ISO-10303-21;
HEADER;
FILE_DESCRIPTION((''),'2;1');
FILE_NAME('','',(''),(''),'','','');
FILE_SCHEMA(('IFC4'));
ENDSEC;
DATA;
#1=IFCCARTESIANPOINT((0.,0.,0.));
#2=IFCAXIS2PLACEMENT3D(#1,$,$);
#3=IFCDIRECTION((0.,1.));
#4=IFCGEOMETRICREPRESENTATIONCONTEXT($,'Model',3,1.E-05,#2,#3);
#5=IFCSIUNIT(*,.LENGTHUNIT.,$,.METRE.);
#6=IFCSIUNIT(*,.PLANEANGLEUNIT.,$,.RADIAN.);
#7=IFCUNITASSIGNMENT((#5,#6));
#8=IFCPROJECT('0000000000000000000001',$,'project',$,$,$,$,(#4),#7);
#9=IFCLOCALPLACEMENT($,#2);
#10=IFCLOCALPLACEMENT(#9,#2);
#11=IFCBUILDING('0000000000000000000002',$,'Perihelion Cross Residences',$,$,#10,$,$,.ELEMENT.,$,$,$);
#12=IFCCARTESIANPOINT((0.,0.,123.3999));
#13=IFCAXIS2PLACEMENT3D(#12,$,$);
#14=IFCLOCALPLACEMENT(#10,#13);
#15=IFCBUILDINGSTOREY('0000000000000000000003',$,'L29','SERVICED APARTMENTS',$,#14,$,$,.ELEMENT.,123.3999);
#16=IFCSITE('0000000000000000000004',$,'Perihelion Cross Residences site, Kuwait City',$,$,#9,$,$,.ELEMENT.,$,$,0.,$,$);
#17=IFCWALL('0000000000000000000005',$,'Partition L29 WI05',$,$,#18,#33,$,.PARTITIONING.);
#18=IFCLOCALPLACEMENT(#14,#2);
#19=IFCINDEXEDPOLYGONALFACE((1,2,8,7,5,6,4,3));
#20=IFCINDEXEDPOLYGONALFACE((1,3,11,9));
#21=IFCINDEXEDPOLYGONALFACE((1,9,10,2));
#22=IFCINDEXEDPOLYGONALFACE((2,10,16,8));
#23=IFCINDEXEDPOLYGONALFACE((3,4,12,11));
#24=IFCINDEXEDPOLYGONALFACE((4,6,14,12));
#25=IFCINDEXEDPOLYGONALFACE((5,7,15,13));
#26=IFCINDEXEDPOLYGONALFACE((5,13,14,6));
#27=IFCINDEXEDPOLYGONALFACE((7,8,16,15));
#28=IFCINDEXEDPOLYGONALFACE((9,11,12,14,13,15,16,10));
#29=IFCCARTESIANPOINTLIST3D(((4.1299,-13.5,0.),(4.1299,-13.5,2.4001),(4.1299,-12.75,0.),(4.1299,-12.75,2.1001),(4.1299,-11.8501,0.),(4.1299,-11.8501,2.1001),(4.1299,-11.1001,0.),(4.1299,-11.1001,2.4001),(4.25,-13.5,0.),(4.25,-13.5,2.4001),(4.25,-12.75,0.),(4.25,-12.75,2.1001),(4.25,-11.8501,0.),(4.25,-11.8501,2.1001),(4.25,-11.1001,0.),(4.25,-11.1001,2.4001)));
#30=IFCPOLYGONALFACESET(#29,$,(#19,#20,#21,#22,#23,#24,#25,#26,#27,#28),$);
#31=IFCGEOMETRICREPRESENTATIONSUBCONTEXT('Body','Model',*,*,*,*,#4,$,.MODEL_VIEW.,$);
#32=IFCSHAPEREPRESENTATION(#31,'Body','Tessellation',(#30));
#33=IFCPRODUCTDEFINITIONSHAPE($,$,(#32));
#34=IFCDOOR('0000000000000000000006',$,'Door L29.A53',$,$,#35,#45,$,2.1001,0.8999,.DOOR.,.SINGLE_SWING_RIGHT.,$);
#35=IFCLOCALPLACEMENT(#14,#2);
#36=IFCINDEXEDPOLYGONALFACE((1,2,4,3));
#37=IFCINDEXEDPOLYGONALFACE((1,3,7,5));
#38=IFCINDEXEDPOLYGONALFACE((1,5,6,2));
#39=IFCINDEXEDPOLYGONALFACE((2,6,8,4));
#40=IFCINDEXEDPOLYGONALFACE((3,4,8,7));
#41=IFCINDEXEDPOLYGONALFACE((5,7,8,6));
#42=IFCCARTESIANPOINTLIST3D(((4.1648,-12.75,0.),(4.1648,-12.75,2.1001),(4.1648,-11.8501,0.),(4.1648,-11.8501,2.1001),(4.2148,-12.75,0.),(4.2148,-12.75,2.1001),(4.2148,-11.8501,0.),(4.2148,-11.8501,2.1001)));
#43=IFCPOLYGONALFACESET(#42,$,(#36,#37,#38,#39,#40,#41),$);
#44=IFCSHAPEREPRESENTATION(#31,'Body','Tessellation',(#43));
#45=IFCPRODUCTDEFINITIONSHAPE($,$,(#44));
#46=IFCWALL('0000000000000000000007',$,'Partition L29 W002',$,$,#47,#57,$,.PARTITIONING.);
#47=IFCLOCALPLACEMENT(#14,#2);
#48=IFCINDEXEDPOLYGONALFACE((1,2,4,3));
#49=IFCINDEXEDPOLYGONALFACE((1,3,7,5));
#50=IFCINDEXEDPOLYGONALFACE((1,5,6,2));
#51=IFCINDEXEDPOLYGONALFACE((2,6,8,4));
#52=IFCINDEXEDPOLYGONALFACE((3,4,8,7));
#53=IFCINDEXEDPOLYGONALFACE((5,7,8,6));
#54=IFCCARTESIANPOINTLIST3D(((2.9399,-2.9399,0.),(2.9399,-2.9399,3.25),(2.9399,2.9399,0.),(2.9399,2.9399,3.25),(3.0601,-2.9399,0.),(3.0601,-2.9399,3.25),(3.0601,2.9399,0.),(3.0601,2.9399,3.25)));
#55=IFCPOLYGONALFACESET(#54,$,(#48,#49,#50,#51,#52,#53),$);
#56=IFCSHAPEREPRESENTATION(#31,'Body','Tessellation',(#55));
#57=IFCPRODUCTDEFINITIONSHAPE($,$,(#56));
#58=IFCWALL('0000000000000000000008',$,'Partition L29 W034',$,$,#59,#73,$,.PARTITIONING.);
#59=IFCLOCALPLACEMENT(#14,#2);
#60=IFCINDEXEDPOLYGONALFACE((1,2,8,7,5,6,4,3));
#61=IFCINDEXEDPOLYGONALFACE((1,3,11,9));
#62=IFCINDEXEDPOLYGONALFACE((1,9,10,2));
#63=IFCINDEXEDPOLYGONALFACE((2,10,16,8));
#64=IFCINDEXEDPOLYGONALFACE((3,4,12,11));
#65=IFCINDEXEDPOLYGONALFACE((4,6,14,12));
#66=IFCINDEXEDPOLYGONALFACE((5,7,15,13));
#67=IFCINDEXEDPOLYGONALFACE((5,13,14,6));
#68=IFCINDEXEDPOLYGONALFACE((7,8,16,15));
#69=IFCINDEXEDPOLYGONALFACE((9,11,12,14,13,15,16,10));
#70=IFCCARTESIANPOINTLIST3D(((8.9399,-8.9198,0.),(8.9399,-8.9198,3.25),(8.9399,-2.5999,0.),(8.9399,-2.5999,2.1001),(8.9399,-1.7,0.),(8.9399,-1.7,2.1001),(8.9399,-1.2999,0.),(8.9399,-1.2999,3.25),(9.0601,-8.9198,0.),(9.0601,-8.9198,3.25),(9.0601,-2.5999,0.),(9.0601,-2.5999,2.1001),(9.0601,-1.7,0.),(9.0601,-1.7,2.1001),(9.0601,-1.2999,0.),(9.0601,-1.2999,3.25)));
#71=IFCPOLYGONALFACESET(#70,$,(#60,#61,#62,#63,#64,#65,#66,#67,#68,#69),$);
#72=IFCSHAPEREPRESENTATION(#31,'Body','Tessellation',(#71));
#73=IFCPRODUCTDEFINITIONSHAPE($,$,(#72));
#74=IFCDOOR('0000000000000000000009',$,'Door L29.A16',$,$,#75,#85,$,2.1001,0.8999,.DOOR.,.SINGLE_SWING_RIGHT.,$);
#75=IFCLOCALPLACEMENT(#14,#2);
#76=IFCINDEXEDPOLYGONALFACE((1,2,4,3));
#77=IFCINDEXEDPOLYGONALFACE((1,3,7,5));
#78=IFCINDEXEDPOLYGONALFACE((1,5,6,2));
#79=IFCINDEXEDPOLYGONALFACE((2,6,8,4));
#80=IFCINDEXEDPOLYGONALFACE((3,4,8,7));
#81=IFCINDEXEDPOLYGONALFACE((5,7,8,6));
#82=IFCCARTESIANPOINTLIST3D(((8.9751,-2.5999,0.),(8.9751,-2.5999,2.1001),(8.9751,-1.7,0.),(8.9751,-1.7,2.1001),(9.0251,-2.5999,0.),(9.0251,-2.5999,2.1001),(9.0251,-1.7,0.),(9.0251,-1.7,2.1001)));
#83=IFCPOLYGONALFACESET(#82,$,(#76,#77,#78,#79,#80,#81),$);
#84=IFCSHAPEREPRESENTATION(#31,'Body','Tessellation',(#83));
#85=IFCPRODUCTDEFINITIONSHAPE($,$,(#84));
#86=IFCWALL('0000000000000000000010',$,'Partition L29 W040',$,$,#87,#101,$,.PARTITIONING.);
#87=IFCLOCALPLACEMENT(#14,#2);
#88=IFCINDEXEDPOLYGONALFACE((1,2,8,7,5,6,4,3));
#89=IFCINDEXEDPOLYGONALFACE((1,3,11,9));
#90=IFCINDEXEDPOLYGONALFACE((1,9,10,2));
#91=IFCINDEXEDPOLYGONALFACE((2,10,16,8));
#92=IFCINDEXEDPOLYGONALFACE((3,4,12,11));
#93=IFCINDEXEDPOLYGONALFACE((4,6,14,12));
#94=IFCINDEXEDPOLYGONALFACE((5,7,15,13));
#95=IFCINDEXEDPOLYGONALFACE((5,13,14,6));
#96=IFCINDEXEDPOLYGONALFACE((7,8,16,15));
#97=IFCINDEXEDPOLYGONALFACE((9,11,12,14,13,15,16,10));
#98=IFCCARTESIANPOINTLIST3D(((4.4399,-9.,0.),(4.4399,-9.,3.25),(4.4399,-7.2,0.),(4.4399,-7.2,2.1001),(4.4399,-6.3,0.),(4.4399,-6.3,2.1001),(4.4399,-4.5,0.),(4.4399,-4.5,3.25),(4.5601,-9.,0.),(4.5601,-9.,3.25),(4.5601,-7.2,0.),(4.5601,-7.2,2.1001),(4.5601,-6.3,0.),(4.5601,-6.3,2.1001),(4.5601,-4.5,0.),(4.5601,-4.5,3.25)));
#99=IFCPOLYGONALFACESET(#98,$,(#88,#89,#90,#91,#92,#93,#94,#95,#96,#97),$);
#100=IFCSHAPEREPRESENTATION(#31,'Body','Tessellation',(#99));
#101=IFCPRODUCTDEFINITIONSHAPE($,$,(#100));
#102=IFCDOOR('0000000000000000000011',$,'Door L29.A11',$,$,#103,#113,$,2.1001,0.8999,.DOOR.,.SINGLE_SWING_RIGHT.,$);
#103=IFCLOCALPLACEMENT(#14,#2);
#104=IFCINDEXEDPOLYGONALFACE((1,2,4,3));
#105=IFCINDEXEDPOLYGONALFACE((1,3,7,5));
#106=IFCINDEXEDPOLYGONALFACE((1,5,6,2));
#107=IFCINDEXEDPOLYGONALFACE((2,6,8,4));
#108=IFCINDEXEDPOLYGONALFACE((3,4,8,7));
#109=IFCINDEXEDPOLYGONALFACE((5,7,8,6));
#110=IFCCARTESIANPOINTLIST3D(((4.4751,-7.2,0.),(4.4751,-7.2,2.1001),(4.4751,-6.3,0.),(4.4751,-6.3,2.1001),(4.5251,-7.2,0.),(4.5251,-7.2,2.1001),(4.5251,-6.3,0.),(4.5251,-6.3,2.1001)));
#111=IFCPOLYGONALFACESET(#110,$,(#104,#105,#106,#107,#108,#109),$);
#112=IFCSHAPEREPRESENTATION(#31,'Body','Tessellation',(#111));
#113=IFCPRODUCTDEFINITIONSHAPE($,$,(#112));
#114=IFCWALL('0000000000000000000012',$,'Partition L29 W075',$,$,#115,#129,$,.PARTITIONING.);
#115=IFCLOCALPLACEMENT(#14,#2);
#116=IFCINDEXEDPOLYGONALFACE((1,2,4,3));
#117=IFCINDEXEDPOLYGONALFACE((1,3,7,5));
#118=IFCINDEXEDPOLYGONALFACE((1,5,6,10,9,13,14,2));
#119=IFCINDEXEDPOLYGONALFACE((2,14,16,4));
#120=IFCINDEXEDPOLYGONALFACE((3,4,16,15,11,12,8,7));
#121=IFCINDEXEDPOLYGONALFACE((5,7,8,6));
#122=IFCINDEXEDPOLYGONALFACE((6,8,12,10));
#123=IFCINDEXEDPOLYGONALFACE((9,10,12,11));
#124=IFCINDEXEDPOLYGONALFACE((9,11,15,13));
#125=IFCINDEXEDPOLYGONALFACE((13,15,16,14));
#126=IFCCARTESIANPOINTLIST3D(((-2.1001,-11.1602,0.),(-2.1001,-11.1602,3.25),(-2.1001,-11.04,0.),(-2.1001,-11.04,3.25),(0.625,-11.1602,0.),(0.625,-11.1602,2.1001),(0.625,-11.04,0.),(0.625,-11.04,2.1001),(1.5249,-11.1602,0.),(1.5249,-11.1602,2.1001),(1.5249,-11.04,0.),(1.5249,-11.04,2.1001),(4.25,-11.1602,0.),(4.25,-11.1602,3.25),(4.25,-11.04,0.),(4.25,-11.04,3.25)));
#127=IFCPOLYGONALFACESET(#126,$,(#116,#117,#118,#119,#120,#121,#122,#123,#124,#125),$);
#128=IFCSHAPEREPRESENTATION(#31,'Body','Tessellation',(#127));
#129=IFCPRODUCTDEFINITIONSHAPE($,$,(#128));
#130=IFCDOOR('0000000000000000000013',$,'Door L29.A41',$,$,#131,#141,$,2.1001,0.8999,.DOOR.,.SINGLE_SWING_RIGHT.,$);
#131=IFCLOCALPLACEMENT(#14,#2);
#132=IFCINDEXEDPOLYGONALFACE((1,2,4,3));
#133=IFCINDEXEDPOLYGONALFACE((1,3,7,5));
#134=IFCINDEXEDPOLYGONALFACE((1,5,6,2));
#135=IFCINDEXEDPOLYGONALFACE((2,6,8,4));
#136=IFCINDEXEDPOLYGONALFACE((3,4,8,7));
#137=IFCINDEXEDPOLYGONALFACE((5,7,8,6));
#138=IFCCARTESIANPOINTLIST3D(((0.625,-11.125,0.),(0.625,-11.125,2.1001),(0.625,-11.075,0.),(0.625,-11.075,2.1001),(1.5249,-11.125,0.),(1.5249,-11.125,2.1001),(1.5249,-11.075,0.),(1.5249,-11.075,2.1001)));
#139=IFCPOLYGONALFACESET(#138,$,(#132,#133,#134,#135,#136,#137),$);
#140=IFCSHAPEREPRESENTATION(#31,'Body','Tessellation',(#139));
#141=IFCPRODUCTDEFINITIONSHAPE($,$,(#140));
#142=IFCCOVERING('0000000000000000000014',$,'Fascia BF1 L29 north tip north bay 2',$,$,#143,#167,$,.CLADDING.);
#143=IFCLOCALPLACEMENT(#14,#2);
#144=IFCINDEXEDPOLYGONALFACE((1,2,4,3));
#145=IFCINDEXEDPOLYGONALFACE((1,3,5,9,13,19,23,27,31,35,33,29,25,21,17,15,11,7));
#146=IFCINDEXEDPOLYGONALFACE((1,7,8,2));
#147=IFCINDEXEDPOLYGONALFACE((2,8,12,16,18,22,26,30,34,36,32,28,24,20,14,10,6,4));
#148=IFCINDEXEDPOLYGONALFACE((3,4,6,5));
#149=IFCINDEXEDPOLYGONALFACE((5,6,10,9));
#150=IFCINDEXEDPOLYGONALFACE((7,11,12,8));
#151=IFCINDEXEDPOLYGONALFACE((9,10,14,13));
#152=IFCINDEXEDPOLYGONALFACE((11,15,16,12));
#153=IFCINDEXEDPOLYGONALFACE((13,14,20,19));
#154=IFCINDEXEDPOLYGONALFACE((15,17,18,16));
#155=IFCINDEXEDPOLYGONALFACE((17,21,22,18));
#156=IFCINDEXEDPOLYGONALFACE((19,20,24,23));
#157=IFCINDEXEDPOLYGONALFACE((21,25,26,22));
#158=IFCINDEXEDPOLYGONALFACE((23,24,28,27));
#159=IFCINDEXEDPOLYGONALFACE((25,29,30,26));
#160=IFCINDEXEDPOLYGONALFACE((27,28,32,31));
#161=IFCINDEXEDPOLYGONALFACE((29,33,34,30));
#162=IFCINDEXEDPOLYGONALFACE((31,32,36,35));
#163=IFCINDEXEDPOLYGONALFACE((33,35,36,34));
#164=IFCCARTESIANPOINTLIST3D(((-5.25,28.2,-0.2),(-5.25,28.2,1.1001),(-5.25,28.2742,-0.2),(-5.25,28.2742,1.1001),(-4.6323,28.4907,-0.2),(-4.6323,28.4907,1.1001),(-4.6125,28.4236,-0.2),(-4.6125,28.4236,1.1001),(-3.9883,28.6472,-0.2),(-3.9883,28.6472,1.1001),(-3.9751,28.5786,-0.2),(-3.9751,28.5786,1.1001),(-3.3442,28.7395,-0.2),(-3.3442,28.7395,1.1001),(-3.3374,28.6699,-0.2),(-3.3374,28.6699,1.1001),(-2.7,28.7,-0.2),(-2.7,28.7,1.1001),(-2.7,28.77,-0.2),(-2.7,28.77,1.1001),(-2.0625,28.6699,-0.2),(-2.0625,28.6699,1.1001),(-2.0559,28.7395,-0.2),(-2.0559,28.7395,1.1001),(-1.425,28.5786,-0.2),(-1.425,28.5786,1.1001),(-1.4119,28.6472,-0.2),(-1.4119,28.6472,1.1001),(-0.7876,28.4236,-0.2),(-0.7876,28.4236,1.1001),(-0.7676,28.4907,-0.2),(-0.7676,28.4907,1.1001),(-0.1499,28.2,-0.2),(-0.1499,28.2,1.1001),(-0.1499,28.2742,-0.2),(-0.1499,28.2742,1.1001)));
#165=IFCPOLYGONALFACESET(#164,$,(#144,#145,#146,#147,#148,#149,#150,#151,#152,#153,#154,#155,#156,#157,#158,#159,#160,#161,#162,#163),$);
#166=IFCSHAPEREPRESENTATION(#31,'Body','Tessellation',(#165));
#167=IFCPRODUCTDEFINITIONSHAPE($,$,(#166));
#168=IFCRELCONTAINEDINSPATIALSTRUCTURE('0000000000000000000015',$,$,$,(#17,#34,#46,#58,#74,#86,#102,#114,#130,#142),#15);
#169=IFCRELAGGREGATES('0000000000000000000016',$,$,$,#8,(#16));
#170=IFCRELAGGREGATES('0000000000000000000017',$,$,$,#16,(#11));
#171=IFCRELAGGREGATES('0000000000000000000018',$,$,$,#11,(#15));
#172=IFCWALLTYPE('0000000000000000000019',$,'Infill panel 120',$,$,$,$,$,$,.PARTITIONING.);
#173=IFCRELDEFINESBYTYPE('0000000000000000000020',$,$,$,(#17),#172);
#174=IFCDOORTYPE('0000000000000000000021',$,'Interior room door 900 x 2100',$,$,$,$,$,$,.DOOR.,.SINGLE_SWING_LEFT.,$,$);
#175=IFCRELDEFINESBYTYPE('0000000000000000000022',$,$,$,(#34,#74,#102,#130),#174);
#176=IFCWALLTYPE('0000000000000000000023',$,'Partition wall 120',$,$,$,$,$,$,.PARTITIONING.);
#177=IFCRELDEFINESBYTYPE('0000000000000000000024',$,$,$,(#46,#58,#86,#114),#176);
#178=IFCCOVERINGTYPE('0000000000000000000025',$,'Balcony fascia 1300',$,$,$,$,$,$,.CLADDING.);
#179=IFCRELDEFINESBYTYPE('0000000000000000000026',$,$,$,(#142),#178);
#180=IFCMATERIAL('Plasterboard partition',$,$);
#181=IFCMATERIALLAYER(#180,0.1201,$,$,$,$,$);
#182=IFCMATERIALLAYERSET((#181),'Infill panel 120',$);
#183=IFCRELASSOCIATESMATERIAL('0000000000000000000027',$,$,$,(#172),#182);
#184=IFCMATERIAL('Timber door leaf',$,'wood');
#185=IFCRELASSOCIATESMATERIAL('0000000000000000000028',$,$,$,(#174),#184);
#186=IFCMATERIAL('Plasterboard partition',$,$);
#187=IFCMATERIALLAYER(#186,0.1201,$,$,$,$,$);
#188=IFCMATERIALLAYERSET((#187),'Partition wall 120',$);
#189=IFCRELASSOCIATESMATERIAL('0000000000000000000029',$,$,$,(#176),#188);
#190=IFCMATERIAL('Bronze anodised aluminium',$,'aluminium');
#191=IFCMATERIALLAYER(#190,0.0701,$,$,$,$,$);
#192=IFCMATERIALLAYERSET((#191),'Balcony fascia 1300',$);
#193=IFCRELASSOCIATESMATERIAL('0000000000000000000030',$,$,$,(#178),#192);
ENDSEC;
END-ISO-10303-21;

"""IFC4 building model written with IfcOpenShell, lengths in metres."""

from ifc_helpers import new_model, si_unit, direction, frame, frame_2d, origin, place, context, subcontext, project, spatial, polyline, rectangle, outline, extrude, material, layer, layer_set, type_object, element, fill, save


model = new_model("IFC4")

# Units and contexts
model_context = context("Model", 3, precision=1e-05, world=origin(), true_north=direction((0.0, 1.0)))
body_context = subcontext(model_context, "Body", "Model", "MODEL_VIEW")
ifc_project = project(units=[si_unit("LENGTHUNIT", "METRE"), si_unit("PLANEANGLEUNIT", "RADIAN")], contexts=[model_context])

# Site, building, storey
site_placement = place(None, origin())
site = spatial("IfcSite", under=ifc_project, at=site_placement, Name="Perihelion Cross Residences site, Kuwait City", CompositionType="ELEMENT", RefElevation=0.0)
building_placement = place(site_placement, origin())
building = spatial("IfcBuilding", under=site, at=building_placement, Name="Perihelion Cross Residences", CompositionType="ELEMENT")
storey_placement = place(building_placement, frame((0.0, 0.0, 123.3999)))
storey = spatial("IfcBuildingStorey", under=building, at=storey_placement, Name="L29", Description="SERVICED APARTMENTS", CompositionType="ELEMENT", Elevation=123.3999)

# Wall, opening, door
ifc_material_1 = material(Name="Plasterboard partition")
ifc_layer_1 = layer(ifc_material_1, 0.1201)
ifc_layer_set_1 = layer_set([ifc_layer_1], Name="Infill panel 120")
wall_type_1 = type_object("IfcWallType", Name="Infill panel 120", PredefinedType="PARTITIONING", material=ifc_layer_set_1)
wall_1_placement = place(storey_placement, frame((4.1899, -11.1001, 0.0), z_axis=(0.0, 0.0, 1.0), x_axis=(0.0, -1.0, 0.0)))
wall_1 = element("IfcWall", 1, at=wall_1_placement, inside=storey, type_object=wall_type_1, Name="Partition L29 WI05", PredefinedType="PARTITIONING", context=body_context, shape_type="SweptSolid", body=[
    extrude(rectangle(XDim=2.3999, YDim=0.1201, at=frame_2d((1.2, 0.0))), origin(), (0.0, 0.0, 1.0), 2.4001),
])
opening_1_placement = place(wall_1_placement, frame((0.75, 0.0, 0.0)))
opening_1 = element("IfcOpeningElement", 2, at=opening_1_placement, cuts=wall_1, PredefinedType="OPENING", context=body_context, shape_type="SweptSolid", body=[
    extrude(rectangle(XDim=0.8999, YDim=2.1001, at=frame_2d((0.45, 1.05))), frame((0.0, 0.0701, 0.0), z_axis=(0.0, -1.0, 0.0), x_axis=(1.0, 0.0, 0.0)), (0.0, 0.0, 1.0), 0.1401),
])
ifc_material_2 = material(Name="Timber door leaf", Category="wood")
door_type_1 = type_object("IfcDoorType", Name="Interior room door 900 x 2100", OperationType="SINGLE_SWING_LEFT", PredefinedType="DOOR", material=ifc_material_2)
door_1_placement = place(opening_1_placement, origin())
door_1 = element("IfcDoor", 3, at=door_1_placement, inside=storey, type_object=door_type_1, Name="Door L29.A53", OperationType="SINGLE_SWING_RIGHT", OverallHeight=2.1001, OverallWidth=0.8999, PredefinedType="DOOR", context=body_context, shape_type="SweptSolid", body=[
    extrude(rectangle(XDim=0.8999, YDim=2.1001, at=frame_2d((0.45, 1.05))), frame((0.0, 0.0249, 0.0), z_axis=(0.0, -1.0, 0.0), x_axis=(1.0, 0.0, 0.0)), (0.0, 0.0, 1.0), 0.05),
])
fill(opening_1, door_1)

# Wall
ifc_material_3 = material(Name="Plasterboard partition")
ifc_layer_2 = layer(ifc_material_3, 0.1201)
ifc_layer_set_2 = layer_set([ifc_layer_2], Name="Partition wall 120")
wall_type_2 = type_object("IfcWallType", Name="Partition wall 120", PredefinedType="PARTITIONING", material=ifc_layer_set_2)
wall_2_placement = place(storey_placement, frame((3.0, -2.9399, 0.0), z_axis=(0.0, 0.0, 1.0), x_axis=(0.0, 1.0, 0.0)))
element("IfcWall", 4, at=wall_2_placement, inside=storey, type_object=wall_type_2, Name="Partition L29 W002", PredefinedType="PARTITIONING", context=body_context, shape_type="SweptSolid", body=[
    extrude(rectangle(XDim=5.8799, YDim=0.1201, at=frame_2d((2.9399, 0.0))), origin(), (0.0, 0.0, 1.0), 3.25),
])

# Walls, openings, doors
wall_3_placement = place(storey_placement, frame((9.0, -8.9199, 0.0), z_axis=(0.0, 0.0, 1.0), x_axis=(0.0, 1.0, 0.0)))
wall_3 = element("IfcWall", 5, at=wall_3_placement, inside=storey, type_object=wall_type_2, Name="Partition L29 W034", PredefinedType="PARTITIONING", context=body_context, shape_type="SweptSolid", body=[
    extrude(rectangle(XDim=7.6199, YDim=0.1201, at=frame_2d((3.8101, 0.0))), origin(), (0.0, 0.0, 1.0), 3.25),
])
opening_2_placement = place(wall_3_placement, frame((6.3201, 0.0, 0.0)))
opening_2 = element("IfcOpeningElement", 6, at=opening_2_placement, cuts=wall_3, PredefinedType="OPENING", context=body_context, shape_type="SweptSolid", body=[
    extrude(rectangle(XDim=0.8999, YDim=2.1001, at=frame_2d((0.45, 1.05))), frame((0.0, 0.0701, 0.0), z_axis=(0.0, -1.0, 0.0), x_axis=(1.0, 0.0, 0.0)), (0.0, 0.0, 1.0), 0.1401),
])
door_2_placement = place(opening_2_placement, origin())
door_2 = element("IfcDoor", 7, at=door_2_placement, inside=storey, type_object=door_type_1, Name="Door L29.A16", OperationType="SINGLE_SWING_RIGHT", OverallHeight=2.1001, OverallWidth=0.8999, PredefinedType="DOOR", context=body_context, shape_type="SweptSolid", body=[
    extrude(rectangle(XDim=0.8999, YDim=2.1001, at=frame_2d((0.45, 1.05))), frame((0.0, 0.0249, 0.0), z_axis=(0.0, -1.0, 0.0), x_axis=(1.0, 0.0, 0.0)), (0.0, 0.0, 1.0), 0.05),
])
fill(opening_2, door_2)
wall_4_placement = place(storey_placement, frame((4.5, -9.0, 0.0), z_axis=(0.0, 0.0, 1.0), x_axis=(0.0, 1.0, 0.0)))
wall_4 = element("IfcWall", 8, at=wall_4_placement, inside=storey, type_object=wall_type_2, Name="Partition L29 W040", PredefinedType="PARTITIONING", context=body_context, shape_type="SweptSolid", body=[
    extrude(rectangle(XDim=4.5, YDim=0.1201, at=frame_2d((2.25, 0.0))), origin(), (0.0, 0.0, 1.0), 3.25),
])
opening_3_placement = place(wall_4_placement, frame((1.8, 0.0, 0.0)))
opening_3 = element("IfcOpeningElement", 9, at=opening_3_placement, cuts=wall_4, PredefinedType="OPENING", context=body_context, shape_type="SweptSolid", body=[
    extrude(rectangle(XDim=0.8999, YDim=2.1001, at=frame_2d((0.45, 1.05))), frame((0.0, 0.0701, 0.0), z_axis=(0.0, -1.0, 0.0), x_axis=(1.0, 0.0, 0.0)), (0.0, 0.0, 1.0), 0.1401),
])
door_3_placement = place(opening_3_placement, origin())
door_3 = element("IfcDoor", 10, at=door_3_placement, inside=storey, type_object=door_type_1, Name="Door L29.A11", OperationType="SINGLE_SWING_RIGHT", OverallHeight=2.1001, OverallWidth=0.8999, PredefinedType="DOOR", context=body_context, shape_type="SweptSolid", body=[
    extrude(rectangle(XDim=0.8999, YDim=2.1001, at=frame_2d((0.45, 1.05))), frame((0.0, 0.0249, 0.0), z_axis=(0.0, -1.0, 0.0), x_axis=(1.0, 0.0, 0.0)), (0.0, 0.0, 1.0), 0.05),
])
fill(opening_3, door_3)
wall_5_placement = place(storey_placement, frame((4.25, -11.1001, 0.0), z_axis=(0.0, 0.0, 1.0), x_axis=(-1.0, 0.0, 0.0)))
wall_5 = element("IfcWall", 11, at=wall_5_placement, inside=storey, type_object=wall_type_2, Name="Partition L29 W075", PredefinedType="PARTITIONING", context=body_context, shape_type="SweptSolid", body=[
    extrude(rectangle(XDim=6.3501, YDim=0.1201, at=frame_2d((3.175, 0.0))), origin(), (0.0, 0.0, 1.0), 3.25),
])
opening_4_placement = place(wall_5_placement, frame((2.7251, 0.0, 0.0)))
opening_4 = element("IfcOpeningElement", 12, at=opening_4_placement, cuts=wall_5, PredefinedType="OPENING", context=body_context, shape_type="SweptSolid", body=[
    extrude(rectangle(XDim=0.8999, YDim=2.1001, at=frame_2d((0.45, 1.05))), frame((0.0, 0.0701, 0.0), z_axis=(0.0, -1.0, 0.0), x_axis=(1.0, 0.0, 0.0)), (0.0, 0.0, 1.0), 0.1401),
])
door_4_placement = place(opening_4_placement, origin())
door_4 = element("IfcDoor", 13, at=door_4_placement, inside=storey, type_object=door_type_1, Name="Door L29.A41", OperationType="SINGLE_SWING_RIGHT", OverallHeight=2.1001, OverallWidth=0.8999, PredefinedType="DOOR", context=body_context, shape_type="SweptSolid", body=[
    extrude(rectangle(XDim=0.8999, YDim=2.1001, at=frame_2d((0.45, 1.05))), frame((0.0, 0.0249, 0.0), z_axis=(0.0, -1.0, 0.0), x_axis=(1.0, 0.0, 0.0)), (0.0, 0.0, 1.0), 0.05),
])
fill(opening_4, door_4)

# Covering
ifc_material_4 = material(Name="Bronze anodised aluminium", Category="aluminium")
ifc_layer_3 = layer(ifc_material_4, 0.0701)
ifc_layer_set_3 = layer_set([ifc_layer_3], Name="Balcony fascia 1300")
covering_type = type_object("IfcCoveringType", Name="Balcony fascia 1300", PredefinedType="CLADDING", material=ifc_layer_set_3)
covering_1_placement = place(storey_placement, frame((0.0, 0.0, -0.2)))
element("IfcCovering", 14, at=covering_1_placement, inside=storey, type_object=covering_type, Name="Fascia BF1 L29 north tip north bay 2", PredefinedType="CLADDING", context=body_context, shape_type="SweptSolid", body=[
    extrude(outline(polyline([(-0.7676, 28.4907), (-1.4119, 28.6472), (-2.0559, 28.7395), (-2.7, 28.77), (-3.3442, 28.7395), (-3.9883, 28.6472), (-4.6323, 28.4907), (-5.25, 28.2742), (-5.25, 28.2), (-4.6125, 28.4236), (-3.9751, 28.5786), (-3.3374, 28.6699), (-2.7, 28.7), (-2.0625, 28.6699), (-1.425, 28.5786), (-0.7876, 28.4236), (-0.1499, 28.2), (-0.1499, 28.2742), (-0.7676, 28.4907)])), origin(), (0.0, 0.0, 1.0), 1.3),
])

save(model, "model.ifc")
